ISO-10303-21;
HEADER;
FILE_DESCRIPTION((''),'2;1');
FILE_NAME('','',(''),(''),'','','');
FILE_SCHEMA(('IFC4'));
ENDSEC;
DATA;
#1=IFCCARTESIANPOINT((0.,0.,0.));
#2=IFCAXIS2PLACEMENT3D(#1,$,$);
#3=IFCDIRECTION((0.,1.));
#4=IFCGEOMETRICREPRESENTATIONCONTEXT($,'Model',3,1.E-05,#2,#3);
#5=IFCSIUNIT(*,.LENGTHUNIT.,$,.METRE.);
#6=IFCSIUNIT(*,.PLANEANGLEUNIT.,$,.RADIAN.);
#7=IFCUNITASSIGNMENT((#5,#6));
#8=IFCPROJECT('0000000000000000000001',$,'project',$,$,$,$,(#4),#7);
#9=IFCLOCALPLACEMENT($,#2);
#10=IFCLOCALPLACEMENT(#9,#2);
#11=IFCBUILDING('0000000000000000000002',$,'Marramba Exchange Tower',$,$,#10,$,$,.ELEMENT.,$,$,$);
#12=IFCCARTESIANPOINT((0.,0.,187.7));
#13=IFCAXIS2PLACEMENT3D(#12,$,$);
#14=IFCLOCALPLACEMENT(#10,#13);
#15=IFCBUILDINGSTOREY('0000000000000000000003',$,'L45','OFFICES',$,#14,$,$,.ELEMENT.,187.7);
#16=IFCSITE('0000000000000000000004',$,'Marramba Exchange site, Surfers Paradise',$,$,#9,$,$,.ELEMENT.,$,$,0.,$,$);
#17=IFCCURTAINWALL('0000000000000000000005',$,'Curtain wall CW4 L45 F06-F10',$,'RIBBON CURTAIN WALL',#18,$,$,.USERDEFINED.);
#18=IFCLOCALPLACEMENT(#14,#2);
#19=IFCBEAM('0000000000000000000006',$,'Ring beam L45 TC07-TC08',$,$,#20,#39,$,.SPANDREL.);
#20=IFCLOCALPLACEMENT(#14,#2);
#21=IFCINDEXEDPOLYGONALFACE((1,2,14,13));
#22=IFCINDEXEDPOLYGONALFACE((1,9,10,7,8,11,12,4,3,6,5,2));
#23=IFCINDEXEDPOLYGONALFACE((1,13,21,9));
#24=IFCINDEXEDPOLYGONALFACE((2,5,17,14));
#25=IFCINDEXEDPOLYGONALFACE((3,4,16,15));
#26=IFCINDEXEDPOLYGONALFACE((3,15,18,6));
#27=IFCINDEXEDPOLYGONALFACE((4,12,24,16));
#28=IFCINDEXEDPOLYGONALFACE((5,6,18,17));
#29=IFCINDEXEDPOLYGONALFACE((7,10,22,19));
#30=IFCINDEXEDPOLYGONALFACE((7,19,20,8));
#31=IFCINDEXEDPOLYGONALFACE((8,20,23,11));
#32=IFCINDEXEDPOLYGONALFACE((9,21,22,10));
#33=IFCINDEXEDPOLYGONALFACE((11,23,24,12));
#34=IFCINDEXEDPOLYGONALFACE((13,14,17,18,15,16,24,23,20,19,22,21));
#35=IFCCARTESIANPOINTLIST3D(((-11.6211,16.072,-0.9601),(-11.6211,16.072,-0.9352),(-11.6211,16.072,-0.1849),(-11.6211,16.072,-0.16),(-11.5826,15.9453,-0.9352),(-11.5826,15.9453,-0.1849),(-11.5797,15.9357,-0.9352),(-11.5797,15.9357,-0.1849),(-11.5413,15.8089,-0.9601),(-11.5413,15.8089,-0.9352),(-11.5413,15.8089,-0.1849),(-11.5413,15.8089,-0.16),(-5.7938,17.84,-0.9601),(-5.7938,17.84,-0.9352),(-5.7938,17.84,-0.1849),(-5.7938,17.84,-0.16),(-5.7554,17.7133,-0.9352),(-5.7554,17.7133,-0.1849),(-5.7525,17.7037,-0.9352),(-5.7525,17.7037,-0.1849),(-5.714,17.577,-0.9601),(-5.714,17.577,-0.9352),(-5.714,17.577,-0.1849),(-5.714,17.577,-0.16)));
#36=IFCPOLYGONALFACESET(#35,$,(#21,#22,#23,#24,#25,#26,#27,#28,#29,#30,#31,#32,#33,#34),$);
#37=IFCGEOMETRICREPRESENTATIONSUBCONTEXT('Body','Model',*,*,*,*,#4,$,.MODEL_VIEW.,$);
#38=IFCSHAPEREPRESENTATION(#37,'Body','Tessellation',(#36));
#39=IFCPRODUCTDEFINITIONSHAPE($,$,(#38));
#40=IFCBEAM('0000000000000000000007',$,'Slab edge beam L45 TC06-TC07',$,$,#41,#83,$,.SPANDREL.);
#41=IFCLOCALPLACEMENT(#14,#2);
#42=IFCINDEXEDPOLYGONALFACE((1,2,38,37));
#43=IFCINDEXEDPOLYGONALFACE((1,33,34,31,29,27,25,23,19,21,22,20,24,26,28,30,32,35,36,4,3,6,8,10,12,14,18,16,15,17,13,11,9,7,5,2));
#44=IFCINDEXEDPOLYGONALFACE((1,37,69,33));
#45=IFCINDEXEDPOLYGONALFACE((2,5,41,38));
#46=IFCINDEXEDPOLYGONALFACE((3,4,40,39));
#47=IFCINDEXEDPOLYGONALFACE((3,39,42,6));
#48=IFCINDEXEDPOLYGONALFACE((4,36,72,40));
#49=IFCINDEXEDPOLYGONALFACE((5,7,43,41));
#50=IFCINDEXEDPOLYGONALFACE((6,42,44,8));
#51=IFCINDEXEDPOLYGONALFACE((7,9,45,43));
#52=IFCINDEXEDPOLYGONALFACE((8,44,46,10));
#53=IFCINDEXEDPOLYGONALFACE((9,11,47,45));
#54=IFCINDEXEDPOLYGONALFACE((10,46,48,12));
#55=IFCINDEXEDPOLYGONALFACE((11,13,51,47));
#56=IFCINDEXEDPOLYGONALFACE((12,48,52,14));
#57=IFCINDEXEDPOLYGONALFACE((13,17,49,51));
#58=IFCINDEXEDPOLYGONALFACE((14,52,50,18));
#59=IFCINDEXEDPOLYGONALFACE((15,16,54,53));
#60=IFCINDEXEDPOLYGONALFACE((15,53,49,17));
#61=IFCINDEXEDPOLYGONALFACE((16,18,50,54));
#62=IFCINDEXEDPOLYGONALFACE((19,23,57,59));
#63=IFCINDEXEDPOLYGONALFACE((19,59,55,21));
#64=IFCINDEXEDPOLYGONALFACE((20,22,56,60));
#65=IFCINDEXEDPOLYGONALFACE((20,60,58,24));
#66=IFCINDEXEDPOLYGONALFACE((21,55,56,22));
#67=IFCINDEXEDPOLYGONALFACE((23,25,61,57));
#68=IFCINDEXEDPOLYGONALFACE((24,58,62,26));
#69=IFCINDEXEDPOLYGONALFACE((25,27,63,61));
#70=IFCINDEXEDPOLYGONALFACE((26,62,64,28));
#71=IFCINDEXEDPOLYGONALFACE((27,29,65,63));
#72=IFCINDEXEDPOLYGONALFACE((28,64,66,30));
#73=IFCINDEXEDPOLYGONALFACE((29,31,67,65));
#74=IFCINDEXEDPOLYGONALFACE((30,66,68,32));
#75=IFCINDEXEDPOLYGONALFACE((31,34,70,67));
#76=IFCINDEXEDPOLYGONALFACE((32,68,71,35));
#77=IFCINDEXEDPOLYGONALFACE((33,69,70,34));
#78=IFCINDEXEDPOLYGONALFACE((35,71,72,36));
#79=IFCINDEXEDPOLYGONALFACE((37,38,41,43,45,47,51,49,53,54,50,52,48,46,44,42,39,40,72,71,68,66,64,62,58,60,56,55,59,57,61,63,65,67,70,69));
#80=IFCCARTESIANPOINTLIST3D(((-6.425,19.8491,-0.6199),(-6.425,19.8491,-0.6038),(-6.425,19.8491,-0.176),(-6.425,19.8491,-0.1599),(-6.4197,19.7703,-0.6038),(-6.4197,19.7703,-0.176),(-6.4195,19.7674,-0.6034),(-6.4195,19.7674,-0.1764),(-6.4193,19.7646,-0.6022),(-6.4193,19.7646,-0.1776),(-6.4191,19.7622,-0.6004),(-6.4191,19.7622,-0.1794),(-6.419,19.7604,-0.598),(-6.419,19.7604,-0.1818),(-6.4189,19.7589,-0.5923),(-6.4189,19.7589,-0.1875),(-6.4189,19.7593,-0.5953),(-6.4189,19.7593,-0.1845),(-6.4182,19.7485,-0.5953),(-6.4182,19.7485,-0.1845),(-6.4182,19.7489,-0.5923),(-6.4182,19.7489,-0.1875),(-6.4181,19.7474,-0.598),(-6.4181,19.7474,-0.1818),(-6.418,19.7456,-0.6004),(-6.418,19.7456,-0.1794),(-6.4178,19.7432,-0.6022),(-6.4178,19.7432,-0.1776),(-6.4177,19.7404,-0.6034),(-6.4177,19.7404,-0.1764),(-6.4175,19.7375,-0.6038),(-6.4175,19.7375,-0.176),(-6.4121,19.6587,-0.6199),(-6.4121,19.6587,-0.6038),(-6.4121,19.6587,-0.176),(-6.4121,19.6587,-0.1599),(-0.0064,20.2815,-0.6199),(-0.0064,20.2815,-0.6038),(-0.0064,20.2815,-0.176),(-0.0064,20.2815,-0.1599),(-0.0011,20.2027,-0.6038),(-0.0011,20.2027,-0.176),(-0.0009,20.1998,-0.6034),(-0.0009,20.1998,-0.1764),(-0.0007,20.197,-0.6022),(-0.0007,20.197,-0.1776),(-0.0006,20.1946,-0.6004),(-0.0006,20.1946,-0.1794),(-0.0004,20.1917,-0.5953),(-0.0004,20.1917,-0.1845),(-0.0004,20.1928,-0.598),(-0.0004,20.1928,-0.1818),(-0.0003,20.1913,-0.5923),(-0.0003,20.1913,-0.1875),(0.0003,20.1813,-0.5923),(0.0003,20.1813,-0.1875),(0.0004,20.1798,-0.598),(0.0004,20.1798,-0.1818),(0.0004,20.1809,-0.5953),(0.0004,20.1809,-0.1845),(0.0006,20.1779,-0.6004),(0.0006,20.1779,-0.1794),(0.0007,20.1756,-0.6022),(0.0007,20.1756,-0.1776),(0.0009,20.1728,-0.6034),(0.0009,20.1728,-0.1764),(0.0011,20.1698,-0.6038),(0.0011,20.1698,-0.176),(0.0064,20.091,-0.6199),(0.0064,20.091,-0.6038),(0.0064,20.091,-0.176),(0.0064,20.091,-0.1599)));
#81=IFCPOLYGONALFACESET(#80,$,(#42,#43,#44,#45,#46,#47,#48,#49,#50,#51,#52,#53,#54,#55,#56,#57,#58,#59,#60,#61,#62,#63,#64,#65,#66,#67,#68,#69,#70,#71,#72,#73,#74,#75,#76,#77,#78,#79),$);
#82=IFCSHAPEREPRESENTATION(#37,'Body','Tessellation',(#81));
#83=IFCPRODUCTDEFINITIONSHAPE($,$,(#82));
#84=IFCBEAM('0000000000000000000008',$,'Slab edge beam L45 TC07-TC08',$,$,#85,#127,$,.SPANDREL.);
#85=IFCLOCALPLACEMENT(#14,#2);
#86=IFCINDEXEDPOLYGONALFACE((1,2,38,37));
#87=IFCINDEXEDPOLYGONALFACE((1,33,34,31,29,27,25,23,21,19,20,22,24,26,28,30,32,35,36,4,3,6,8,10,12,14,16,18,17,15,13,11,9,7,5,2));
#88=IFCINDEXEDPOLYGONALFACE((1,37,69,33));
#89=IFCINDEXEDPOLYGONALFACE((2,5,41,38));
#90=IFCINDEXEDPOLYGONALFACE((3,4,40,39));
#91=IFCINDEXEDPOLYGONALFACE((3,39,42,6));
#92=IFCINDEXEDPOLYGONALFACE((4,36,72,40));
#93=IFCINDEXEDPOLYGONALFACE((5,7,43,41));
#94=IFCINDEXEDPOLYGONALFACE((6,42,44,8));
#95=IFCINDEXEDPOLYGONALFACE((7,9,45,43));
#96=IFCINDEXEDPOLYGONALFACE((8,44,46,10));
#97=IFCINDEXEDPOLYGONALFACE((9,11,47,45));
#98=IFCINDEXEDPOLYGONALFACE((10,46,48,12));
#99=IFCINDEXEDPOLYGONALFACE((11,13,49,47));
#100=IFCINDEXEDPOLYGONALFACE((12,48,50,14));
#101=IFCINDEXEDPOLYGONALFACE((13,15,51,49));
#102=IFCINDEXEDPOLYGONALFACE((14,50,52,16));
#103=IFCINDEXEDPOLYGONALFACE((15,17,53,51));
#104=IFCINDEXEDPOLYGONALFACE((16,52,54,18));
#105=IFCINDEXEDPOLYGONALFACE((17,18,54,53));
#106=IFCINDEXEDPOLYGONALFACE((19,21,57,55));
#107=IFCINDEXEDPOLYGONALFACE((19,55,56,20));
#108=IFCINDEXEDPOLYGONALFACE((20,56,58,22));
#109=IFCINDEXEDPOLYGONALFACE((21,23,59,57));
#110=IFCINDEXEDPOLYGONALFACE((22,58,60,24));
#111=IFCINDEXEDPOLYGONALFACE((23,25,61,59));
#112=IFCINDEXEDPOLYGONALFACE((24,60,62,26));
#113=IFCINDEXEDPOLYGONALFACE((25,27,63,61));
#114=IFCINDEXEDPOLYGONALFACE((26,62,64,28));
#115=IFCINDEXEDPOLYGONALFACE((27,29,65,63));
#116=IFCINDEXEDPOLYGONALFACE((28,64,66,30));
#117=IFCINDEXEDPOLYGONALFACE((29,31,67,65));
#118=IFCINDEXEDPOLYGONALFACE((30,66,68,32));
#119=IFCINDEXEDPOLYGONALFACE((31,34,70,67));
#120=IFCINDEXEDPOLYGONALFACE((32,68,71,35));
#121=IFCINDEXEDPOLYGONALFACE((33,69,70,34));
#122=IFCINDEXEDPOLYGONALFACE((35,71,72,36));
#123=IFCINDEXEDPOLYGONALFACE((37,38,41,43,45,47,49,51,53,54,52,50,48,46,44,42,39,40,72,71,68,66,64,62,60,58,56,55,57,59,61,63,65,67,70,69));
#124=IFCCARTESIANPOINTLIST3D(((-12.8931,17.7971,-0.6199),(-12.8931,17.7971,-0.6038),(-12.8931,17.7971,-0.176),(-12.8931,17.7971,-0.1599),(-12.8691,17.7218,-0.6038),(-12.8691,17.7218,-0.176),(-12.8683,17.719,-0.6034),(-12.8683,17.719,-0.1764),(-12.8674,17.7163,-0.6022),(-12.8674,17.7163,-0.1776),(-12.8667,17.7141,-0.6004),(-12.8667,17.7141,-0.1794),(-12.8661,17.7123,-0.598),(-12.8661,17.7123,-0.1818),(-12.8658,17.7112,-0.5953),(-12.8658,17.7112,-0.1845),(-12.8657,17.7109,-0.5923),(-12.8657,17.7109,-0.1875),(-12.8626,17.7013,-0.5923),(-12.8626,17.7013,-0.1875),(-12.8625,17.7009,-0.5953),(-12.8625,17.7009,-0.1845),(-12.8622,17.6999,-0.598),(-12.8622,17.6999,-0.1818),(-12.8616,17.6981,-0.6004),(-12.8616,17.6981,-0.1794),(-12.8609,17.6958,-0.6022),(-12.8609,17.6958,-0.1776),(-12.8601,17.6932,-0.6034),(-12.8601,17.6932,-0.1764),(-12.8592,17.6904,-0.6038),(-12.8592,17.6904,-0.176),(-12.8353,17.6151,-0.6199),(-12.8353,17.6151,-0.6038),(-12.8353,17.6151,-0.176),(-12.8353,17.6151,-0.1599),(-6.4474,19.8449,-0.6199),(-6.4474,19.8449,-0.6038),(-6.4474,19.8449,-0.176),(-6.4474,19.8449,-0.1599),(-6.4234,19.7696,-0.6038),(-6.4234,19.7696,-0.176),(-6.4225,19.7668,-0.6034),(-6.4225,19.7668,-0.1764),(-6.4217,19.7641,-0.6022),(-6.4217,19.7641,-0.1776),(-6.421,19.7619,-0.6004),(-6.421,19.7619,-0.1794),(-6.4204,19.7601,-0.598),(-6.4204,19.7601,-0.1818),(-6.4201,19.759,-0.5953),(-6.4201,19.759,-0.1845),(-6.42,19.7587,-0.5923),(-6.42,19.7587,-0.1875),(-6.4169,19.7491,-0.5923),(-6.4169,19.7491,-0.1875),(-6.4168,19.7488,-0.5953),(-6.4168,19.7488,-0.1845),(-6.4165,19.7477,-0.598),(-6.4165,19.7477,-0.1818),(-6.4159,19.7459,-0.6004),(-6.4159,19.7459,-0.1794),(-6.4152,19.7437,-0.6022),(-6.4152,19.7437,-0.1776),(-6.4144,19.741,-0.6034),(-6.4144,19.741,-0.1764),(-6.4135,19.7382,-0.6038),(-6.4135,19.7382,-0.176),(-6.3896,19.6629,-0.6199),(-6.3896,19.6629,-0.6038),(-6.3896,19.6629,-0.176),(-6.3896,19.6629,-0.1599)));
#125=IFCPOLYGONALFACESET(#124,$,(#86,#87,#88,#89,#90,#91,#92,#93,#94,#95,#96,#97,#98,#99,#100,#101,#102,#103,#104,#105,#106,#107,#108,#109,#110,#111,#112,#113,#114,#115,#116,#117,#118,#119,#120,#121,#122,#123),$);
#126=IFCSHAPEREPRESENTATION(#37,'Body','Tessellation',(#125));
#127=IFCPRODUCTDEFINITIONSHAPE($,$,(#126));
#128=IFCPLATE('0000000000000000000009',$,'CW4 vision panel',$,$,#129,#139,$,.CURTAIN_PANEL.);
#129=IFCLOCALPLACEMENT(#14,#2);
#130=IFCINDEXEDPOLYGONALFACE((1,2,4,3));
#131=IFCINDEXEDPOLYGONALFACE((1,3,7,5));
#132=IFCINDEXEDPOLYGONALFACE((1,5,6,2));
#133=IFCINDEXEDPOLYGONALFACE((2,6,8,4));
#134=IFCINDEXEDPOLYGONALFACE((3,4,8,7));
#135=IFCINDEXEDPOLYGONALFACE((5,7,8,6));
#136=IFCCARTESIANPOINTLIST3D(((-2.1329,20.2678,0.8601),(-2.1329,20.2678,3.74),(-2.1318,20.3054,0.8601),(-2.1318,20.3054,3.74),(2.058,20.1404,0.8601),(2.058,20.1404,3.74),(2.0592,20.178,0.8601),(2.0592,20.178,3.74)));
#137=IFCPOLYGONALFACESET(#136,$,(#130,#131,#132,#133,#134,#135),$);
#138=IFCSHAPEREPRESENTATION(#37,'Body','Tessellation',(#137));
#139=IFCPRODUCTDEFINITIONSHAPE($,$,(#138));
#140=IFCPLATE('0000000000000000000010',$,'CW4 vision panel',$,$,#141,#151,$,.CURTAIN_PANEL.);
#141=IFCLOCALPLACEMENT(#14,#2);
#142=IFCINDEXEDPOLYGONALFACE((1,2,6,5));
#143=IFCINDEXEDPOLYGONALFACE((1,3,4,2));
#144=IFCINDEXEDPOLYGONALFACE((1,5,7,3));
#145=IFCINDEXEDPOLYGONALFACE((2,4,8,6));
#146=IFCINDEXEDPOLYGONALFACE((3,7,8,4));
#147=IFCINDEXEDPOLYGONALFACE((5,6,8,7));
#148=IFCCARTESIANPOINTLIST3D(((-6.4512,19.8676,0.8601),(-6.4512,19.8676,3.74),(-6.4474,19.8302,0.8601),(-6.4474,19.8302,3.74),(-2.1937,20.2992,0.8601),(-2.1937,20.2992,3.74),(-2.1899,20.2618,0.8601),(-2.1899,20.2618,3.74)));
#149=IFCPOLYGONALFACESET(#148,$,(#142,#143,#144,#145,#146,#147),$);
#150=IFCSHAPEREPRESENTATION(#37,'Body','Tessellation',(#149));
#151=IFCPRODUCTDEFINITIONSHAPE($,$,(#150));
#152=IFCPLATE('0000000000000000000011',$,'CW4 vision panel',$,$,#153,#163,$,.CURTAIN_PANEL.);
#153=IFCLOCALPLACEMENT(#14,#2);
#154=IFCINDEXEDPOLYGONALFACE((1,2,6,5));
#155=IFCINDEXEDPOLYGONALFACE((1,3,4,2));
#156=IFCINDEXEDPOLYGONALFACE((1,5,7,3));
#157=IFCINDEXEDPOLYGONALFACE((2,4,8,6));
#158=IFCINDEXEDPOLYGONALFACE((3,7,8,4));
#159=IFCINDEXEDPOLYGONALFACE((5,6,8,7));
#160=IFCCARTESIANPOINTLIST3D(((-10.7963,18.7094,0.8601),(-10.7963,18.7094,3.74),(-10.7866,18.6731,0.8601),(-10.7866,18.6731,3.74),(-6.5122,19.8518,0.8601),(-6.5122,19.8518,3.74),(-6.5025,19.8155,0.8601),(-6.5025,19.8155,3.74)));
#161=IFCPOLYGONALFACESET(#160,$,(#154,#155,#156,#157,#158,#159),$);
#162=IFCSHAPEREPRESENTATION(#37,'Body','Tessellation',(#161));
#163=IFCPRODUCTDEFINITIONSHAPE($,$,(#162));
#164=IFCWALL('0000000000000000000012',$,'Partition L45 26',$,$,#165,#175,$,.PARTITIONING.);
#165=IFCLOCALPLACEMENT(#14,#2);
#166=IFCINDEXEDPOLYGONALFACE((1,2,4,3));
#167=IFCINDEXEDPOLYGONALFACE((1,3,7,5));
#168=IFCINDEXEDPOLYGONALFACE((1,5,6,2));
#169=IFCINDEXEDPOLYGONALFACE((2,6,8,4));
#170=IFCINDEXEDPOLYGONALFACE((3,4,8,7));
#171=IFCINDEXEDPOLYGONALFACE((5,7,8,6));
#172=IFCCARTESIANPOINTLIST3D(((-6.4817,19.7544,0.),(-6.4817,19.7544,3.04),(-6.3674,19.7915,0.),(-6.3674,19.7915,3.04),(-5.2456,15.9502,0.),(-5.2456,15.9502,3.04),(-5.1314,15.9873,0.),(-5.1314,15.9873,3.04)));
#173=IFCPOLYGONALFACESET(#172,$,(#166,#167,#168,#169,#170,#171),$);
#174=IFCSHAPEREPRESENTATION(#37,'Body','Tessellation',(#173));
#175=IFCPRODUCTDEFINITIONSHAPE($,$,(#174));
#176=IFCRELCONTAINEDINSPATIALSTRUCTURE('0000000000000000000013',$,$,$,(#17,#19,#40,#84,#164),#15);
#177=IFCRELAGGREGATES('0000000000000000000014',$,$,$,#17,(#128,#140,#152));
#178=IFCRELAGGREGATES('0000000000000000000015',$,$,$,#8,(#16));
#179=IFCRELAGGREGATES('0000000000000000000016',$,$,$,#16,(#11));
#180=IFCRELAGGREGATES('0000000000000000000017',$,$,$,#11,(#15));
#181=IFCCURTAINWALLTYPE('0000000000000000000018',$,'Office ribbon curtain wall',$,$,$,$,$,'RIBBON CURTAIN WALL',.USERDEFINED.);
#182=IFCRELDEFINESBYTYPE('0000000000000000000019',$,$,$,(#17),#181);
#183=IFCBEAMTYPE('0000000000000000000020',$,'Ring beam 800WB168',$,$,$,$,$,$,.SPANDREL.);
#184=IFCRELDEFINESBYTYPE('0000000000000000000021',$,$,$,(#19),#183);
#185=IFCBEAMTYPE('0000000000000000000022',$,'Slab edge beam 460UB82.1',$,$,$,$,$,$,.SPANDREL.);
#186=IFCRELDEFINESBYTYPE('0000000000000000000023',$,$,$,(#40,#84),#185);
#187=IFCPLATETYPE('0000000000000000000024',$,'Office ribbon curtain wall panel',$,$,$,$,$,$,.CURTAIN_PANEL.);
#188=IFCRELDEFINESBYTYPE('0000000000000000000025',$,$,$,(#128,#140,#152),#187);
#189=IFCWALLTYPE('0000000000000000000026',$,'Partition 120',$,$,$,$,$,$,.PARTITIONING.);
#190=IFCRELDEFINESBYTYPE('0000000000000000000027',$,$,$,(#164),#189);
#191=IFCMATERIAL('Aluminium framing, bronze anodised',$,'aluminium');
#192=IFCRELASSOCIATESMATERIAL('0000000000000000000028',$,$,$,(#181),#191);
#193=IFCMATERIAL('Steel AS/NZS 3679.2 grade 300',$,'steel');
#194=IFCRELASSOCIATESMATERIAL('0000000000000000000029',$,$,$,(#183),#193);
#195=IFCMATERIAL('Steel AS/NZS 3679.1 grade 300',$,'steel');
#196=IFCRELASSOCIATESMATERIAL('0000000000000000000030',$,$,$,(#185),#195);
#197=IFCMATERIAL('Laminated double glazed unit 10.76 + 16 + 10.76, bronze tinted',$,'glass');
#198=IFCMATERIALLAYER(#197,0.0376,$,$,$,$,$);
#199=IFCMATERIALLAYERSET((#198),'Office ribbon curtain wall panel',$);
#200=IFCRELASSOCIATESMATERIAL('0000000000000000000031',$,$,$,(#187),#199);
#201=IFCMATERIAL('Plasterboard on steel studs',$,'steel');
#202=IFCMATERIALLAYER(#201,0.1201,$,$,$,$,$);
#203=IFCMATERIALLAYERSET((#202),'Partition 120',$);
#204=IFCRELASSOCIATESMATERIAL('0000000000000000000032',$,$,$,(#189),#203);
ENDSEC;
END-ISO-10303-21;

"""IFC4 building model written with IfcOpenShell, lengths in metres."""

from ifc_helpers import new_model, si_unit, direction, frame, frame_2d, origin, origin_2d, place, context, subcontext, project, spatial, rectangle, i_section, extrude, material, layer, layer_set, material_profile, profile_set, type_object, element, aggregate, save


model = new_model("IFC4")

# Units and contexts
model_context = context("Model", 3, precision=1e-05, world=origin(), true_north=direction((0.0, 1.0)))
body_context = subcontext(model_context, "Body", "Model", "MODEL_VIEW")
ifc_project = project(units=[si_unit("LENGTHUNIT", "METRE"), si_unit("PLANEANGLEUNIT", "RADIAN")], contexts=[model_context])

# Site, building, storey
site_placement = place(None, origin())
site = spatial("IfcSite", under=ifc_project, at=site_placement, Name="Marramba Exchange site, Surfers Paradise", CompositionType="ELEMENT", RefElevation=0.0)
building_placement = place(site_placement, origin())
building = spatial("IfcBuilding", under=site, at=building_placement, Name="Marramba Exchange Tower", CompositionType="ELEMENT")
storey_placement = place(building_placement, frame((0.0, 0.0, 187.7)))
storey = spatial("IfcBuildingStorey", under=building, at=storey_placement, Name="L45", Description="OFFICES", CompositionType="ELEMENT", Elevation=187.7)

# Shared definitions
ifc_material_1 = material(Name="Steel AS/NZS 3679.2 grade 300", Category="steel")

# Curtain wall
ifc_material_2 = material(Name="Aluminium framing, bronze anodised", Category="aluminium")
curtain_wall_type = type_object("IfcCurtainWallType", Name="Office ribbon curtain wall", ElementType="RIBBON CURTAIN WALL", PredefinedType="USERDEFINED", material=ifc_material_2)
curtain_wall_1_placement = place(storey_placement, origin())
curtain_wall_1 = element("IfcCurtainWall", 1, at=curtain_wall_1_placement, inside=storey, type_object=curtain_wall_type, Name="Curtain wall CW4 L45 F06-F10", ObjectType="RIBBON CURTAIN WALL", PredefinedType="USERDEFINED")

# Beams
ifc_material_profile_1 = material_profile(ifc_material_1, i_section(OverallWidth=0.2749, OverallDepth=0.8, WebThickness=0.01, FlangeThickness=0.0249, at=origin_2d()), Name="800WB168")
ifc_profile_set_1 = profile_set([ifc_material_profile_1], Name="Steel AS/NZS 3679.2 grade 300")
beam_type_1 = type_object("IfcBeamType", Name="Ring beam 800WB168", PredefinedType="SPANDREL", material=ifc_profile_set_1)
beam_1_placement = place(storey_placement, frame((-5.7539, 17.7085, -0.5601), z_axis=(-0.956925, -0.290337, 0.0), x_axis=(0.290337, -0.956925, 0.0)))
element("IfcBeam", 2, at=beam_1_placement, inside=storey, type_object=beam_type_1, Name="Ring beam L45 TC07-TC08", PredefinedType="SPANDREL", context=body_context, shape_type="SweptSolid", body=[
    extrude(i_section(OverallWidth=0.2749, OverallDepth=0.8, WebThickness=0.01, FlangeThickness=0.0249, at=origin_2d()), origin(), (0.0, 0.0, 1.0), 6.0896),
])
ifc_material_3 = material(Name="Steel AS/NZS 3679.1 grade 300", Category="steel")
ifc_material_profile_2 = material_profile(ifc_material_3, i_section(OverallWidth=0.1909, OverallDepth=0.46, WebThickness=0.01, FlangeThickness=0.0161, FilletRadius=0.0115, at=origin_2d()), Name="460UB82.1")
ifc_profile_set_2 = profile_set([ifc_material_profile_2], Name="Steel AS/NZS 3679.1 grade 300")
beam_type_2 = type_object("IfcBeamType", Name="Slab edge beam 460UB82.1", PredefinedType="SPANDREL", material=ifc_profile_set_2)
beam_2_placement = place(storey_placement, frame((0.0, 20.1863, -0.3899), z_axis=(-0.997739, -0.067212, 0.0), x_axis=(0.067212, -0.997739, 0.0)))
element("IfcBeam", 3, at=beam_2_placement, inside=storey, type_object=beam_type_2, Name="Slab edge beam L45 TC06-TC07", PredefinedType="SPANDREL", context=body_context, shape_type="SweptSolid", body=[
    extrude(i_section(OverallWidth=0.1909, OverallDepth=0.46, WebThickness=0.01, FlangeThickness=0.0161, FilletRadius=0.0115, at=origin_2d()), origin(), (0.0, 0.0, 1.0), 6.4331),
])
beam_3_placement = place(storey_placement, frame((-6.4185, 19.7539, -0.3899), z_axis=(-0.953057, -0.302789, 0.0), x_axis=(0.302789, -0.953057, 0.0)))
element("IfcBeam", 4, at=beam_3_placement, inside=storey, type_object=beam_type_2, Name="Slab edge beam L45 TC07-TC08", PredefinedType="SPANDREL", context=body_context, shape_type="SweptSolid", body=[
    extrude(i_section(OverallWidth=0.1909, OverallDepth=0.46, WebThickness=0.01, FlangeThickness=0.0161, FilletRadius=0.0115, at=origin_2d()), origin(), (0.0, 0.0, 1.0), 6.7632),
])

# Plates
ifc_material_4 = material(Name="Laminated double glazed unit 10.76 + 16 + 10.76, bronze tinted", Category="glass")
ifc_layer_1 = layer(ifc_material_4, 0.0376)
ifc_layer_set_1 = layer_set([ifc_layer_1], Name="Office ribbon curtain wall panel")
plate_type = type_object("IfcPlateType", Name="Office ribbon curtain wall panel", PredefinedType="CURTAIN_PANEL", material=ifc_layer_set_1)
plate_1_placement = place(storey_placement, frame((-0.0369, 20.2229, 0.8601), z_axis=(0.0, 0.0, 1.0), x_axis=(-0.999538, 0.030394, 0.0)))
plate_1 = element("IfcPlate", 5, at=plate_1_placement, type_object=plate_type, Name="CW4 vision panel", PredefinedType="CURTAIN_PANEL", context=body_context, shape_type="SweptSolid", body=[
    extrude(rectangle(XDim=4.1929, YDim=0.0376, at=origin_2d()), origin(), (0.0, 0.0, 1.0), 2.8799),
])
plate_2_placement = place(storey_placement, frame((-4.3206, 20.0647, 0.8601), z_axis=(0.0, 0.0, 1.0), x_axis=(-0.9949, -0.100863, 0.0)))
plate_2 = element("IfcPlate", 6, at=plate_2_placement, type_object=plate_type, Name="CW4 vision panel", PredefinedType="CURTAIN_PANEL", context=body_context, shape_type="SweptSolid", body=[
    extrude(rectangle(XDim=4.2793, YDim=0.0376, at=origin_2d()), origin(), (0.0, 0.0, 1.0), 2.8799),
])
plate_3_placement = place(storey_placement, frame((-8.6494, 19.2625, 0.8601), z_axis=(0.0, 0.0, 1.0), x_axis=(-0.966241, -0.257641, 0.0)))
plate_3 = element("IfcPlate", 7, at=plate_3_placement, type_object=plate_type, Name="CW4 vision panel", PredefinedType="CURTAIN_PANEL", context=body_context, shape_type="SweptSolid", body=[
    extrude(rectangle(XDim=4.4338, YDim=0.0376, at=origin_2d()), origin(), (0.0, 0.0, 1.0), 2.8799),
])
aggregate(curtain_wall_1, [plate_1, plate_2, plate_3])

# Wall
ifc_material_5 = material(Name="Plasterboard on steel studs", Category="steel")
ifc_layer_2 = layer(ifc_material_5, 0.1201)
ifc_layer_set_2 = layer_set([ifc_layer_2], Name="Partition 120")
wall_type = type_object("IfcWallType", Name="Partition 120", PredefinedType="PARTITIONING", material=ifc_layer_set_2)
wall_1_placement = place(storey_placement, frame((-5.1885, 15.9688, 0.0), z_axis=(0.0, 0.0, 1.0), x_axis=(-0.309023, 0.951055, 0.0)))
element("IfcWall", 8, at=wall_1_placement, inside=storey, type_object=wall_type, Name="Partition L45 26", PredefinedType="PARTITIONING", context=body_context, shape_type="SweptSolid", body=[
    extrude(rectangle(XDim=4.0, YDim=0.1201, at=frame_2d((2.0, 0.0))), origin(), (0.0, 0.0, 1.0), 3.04),
])

save(model, "model.ifc")
